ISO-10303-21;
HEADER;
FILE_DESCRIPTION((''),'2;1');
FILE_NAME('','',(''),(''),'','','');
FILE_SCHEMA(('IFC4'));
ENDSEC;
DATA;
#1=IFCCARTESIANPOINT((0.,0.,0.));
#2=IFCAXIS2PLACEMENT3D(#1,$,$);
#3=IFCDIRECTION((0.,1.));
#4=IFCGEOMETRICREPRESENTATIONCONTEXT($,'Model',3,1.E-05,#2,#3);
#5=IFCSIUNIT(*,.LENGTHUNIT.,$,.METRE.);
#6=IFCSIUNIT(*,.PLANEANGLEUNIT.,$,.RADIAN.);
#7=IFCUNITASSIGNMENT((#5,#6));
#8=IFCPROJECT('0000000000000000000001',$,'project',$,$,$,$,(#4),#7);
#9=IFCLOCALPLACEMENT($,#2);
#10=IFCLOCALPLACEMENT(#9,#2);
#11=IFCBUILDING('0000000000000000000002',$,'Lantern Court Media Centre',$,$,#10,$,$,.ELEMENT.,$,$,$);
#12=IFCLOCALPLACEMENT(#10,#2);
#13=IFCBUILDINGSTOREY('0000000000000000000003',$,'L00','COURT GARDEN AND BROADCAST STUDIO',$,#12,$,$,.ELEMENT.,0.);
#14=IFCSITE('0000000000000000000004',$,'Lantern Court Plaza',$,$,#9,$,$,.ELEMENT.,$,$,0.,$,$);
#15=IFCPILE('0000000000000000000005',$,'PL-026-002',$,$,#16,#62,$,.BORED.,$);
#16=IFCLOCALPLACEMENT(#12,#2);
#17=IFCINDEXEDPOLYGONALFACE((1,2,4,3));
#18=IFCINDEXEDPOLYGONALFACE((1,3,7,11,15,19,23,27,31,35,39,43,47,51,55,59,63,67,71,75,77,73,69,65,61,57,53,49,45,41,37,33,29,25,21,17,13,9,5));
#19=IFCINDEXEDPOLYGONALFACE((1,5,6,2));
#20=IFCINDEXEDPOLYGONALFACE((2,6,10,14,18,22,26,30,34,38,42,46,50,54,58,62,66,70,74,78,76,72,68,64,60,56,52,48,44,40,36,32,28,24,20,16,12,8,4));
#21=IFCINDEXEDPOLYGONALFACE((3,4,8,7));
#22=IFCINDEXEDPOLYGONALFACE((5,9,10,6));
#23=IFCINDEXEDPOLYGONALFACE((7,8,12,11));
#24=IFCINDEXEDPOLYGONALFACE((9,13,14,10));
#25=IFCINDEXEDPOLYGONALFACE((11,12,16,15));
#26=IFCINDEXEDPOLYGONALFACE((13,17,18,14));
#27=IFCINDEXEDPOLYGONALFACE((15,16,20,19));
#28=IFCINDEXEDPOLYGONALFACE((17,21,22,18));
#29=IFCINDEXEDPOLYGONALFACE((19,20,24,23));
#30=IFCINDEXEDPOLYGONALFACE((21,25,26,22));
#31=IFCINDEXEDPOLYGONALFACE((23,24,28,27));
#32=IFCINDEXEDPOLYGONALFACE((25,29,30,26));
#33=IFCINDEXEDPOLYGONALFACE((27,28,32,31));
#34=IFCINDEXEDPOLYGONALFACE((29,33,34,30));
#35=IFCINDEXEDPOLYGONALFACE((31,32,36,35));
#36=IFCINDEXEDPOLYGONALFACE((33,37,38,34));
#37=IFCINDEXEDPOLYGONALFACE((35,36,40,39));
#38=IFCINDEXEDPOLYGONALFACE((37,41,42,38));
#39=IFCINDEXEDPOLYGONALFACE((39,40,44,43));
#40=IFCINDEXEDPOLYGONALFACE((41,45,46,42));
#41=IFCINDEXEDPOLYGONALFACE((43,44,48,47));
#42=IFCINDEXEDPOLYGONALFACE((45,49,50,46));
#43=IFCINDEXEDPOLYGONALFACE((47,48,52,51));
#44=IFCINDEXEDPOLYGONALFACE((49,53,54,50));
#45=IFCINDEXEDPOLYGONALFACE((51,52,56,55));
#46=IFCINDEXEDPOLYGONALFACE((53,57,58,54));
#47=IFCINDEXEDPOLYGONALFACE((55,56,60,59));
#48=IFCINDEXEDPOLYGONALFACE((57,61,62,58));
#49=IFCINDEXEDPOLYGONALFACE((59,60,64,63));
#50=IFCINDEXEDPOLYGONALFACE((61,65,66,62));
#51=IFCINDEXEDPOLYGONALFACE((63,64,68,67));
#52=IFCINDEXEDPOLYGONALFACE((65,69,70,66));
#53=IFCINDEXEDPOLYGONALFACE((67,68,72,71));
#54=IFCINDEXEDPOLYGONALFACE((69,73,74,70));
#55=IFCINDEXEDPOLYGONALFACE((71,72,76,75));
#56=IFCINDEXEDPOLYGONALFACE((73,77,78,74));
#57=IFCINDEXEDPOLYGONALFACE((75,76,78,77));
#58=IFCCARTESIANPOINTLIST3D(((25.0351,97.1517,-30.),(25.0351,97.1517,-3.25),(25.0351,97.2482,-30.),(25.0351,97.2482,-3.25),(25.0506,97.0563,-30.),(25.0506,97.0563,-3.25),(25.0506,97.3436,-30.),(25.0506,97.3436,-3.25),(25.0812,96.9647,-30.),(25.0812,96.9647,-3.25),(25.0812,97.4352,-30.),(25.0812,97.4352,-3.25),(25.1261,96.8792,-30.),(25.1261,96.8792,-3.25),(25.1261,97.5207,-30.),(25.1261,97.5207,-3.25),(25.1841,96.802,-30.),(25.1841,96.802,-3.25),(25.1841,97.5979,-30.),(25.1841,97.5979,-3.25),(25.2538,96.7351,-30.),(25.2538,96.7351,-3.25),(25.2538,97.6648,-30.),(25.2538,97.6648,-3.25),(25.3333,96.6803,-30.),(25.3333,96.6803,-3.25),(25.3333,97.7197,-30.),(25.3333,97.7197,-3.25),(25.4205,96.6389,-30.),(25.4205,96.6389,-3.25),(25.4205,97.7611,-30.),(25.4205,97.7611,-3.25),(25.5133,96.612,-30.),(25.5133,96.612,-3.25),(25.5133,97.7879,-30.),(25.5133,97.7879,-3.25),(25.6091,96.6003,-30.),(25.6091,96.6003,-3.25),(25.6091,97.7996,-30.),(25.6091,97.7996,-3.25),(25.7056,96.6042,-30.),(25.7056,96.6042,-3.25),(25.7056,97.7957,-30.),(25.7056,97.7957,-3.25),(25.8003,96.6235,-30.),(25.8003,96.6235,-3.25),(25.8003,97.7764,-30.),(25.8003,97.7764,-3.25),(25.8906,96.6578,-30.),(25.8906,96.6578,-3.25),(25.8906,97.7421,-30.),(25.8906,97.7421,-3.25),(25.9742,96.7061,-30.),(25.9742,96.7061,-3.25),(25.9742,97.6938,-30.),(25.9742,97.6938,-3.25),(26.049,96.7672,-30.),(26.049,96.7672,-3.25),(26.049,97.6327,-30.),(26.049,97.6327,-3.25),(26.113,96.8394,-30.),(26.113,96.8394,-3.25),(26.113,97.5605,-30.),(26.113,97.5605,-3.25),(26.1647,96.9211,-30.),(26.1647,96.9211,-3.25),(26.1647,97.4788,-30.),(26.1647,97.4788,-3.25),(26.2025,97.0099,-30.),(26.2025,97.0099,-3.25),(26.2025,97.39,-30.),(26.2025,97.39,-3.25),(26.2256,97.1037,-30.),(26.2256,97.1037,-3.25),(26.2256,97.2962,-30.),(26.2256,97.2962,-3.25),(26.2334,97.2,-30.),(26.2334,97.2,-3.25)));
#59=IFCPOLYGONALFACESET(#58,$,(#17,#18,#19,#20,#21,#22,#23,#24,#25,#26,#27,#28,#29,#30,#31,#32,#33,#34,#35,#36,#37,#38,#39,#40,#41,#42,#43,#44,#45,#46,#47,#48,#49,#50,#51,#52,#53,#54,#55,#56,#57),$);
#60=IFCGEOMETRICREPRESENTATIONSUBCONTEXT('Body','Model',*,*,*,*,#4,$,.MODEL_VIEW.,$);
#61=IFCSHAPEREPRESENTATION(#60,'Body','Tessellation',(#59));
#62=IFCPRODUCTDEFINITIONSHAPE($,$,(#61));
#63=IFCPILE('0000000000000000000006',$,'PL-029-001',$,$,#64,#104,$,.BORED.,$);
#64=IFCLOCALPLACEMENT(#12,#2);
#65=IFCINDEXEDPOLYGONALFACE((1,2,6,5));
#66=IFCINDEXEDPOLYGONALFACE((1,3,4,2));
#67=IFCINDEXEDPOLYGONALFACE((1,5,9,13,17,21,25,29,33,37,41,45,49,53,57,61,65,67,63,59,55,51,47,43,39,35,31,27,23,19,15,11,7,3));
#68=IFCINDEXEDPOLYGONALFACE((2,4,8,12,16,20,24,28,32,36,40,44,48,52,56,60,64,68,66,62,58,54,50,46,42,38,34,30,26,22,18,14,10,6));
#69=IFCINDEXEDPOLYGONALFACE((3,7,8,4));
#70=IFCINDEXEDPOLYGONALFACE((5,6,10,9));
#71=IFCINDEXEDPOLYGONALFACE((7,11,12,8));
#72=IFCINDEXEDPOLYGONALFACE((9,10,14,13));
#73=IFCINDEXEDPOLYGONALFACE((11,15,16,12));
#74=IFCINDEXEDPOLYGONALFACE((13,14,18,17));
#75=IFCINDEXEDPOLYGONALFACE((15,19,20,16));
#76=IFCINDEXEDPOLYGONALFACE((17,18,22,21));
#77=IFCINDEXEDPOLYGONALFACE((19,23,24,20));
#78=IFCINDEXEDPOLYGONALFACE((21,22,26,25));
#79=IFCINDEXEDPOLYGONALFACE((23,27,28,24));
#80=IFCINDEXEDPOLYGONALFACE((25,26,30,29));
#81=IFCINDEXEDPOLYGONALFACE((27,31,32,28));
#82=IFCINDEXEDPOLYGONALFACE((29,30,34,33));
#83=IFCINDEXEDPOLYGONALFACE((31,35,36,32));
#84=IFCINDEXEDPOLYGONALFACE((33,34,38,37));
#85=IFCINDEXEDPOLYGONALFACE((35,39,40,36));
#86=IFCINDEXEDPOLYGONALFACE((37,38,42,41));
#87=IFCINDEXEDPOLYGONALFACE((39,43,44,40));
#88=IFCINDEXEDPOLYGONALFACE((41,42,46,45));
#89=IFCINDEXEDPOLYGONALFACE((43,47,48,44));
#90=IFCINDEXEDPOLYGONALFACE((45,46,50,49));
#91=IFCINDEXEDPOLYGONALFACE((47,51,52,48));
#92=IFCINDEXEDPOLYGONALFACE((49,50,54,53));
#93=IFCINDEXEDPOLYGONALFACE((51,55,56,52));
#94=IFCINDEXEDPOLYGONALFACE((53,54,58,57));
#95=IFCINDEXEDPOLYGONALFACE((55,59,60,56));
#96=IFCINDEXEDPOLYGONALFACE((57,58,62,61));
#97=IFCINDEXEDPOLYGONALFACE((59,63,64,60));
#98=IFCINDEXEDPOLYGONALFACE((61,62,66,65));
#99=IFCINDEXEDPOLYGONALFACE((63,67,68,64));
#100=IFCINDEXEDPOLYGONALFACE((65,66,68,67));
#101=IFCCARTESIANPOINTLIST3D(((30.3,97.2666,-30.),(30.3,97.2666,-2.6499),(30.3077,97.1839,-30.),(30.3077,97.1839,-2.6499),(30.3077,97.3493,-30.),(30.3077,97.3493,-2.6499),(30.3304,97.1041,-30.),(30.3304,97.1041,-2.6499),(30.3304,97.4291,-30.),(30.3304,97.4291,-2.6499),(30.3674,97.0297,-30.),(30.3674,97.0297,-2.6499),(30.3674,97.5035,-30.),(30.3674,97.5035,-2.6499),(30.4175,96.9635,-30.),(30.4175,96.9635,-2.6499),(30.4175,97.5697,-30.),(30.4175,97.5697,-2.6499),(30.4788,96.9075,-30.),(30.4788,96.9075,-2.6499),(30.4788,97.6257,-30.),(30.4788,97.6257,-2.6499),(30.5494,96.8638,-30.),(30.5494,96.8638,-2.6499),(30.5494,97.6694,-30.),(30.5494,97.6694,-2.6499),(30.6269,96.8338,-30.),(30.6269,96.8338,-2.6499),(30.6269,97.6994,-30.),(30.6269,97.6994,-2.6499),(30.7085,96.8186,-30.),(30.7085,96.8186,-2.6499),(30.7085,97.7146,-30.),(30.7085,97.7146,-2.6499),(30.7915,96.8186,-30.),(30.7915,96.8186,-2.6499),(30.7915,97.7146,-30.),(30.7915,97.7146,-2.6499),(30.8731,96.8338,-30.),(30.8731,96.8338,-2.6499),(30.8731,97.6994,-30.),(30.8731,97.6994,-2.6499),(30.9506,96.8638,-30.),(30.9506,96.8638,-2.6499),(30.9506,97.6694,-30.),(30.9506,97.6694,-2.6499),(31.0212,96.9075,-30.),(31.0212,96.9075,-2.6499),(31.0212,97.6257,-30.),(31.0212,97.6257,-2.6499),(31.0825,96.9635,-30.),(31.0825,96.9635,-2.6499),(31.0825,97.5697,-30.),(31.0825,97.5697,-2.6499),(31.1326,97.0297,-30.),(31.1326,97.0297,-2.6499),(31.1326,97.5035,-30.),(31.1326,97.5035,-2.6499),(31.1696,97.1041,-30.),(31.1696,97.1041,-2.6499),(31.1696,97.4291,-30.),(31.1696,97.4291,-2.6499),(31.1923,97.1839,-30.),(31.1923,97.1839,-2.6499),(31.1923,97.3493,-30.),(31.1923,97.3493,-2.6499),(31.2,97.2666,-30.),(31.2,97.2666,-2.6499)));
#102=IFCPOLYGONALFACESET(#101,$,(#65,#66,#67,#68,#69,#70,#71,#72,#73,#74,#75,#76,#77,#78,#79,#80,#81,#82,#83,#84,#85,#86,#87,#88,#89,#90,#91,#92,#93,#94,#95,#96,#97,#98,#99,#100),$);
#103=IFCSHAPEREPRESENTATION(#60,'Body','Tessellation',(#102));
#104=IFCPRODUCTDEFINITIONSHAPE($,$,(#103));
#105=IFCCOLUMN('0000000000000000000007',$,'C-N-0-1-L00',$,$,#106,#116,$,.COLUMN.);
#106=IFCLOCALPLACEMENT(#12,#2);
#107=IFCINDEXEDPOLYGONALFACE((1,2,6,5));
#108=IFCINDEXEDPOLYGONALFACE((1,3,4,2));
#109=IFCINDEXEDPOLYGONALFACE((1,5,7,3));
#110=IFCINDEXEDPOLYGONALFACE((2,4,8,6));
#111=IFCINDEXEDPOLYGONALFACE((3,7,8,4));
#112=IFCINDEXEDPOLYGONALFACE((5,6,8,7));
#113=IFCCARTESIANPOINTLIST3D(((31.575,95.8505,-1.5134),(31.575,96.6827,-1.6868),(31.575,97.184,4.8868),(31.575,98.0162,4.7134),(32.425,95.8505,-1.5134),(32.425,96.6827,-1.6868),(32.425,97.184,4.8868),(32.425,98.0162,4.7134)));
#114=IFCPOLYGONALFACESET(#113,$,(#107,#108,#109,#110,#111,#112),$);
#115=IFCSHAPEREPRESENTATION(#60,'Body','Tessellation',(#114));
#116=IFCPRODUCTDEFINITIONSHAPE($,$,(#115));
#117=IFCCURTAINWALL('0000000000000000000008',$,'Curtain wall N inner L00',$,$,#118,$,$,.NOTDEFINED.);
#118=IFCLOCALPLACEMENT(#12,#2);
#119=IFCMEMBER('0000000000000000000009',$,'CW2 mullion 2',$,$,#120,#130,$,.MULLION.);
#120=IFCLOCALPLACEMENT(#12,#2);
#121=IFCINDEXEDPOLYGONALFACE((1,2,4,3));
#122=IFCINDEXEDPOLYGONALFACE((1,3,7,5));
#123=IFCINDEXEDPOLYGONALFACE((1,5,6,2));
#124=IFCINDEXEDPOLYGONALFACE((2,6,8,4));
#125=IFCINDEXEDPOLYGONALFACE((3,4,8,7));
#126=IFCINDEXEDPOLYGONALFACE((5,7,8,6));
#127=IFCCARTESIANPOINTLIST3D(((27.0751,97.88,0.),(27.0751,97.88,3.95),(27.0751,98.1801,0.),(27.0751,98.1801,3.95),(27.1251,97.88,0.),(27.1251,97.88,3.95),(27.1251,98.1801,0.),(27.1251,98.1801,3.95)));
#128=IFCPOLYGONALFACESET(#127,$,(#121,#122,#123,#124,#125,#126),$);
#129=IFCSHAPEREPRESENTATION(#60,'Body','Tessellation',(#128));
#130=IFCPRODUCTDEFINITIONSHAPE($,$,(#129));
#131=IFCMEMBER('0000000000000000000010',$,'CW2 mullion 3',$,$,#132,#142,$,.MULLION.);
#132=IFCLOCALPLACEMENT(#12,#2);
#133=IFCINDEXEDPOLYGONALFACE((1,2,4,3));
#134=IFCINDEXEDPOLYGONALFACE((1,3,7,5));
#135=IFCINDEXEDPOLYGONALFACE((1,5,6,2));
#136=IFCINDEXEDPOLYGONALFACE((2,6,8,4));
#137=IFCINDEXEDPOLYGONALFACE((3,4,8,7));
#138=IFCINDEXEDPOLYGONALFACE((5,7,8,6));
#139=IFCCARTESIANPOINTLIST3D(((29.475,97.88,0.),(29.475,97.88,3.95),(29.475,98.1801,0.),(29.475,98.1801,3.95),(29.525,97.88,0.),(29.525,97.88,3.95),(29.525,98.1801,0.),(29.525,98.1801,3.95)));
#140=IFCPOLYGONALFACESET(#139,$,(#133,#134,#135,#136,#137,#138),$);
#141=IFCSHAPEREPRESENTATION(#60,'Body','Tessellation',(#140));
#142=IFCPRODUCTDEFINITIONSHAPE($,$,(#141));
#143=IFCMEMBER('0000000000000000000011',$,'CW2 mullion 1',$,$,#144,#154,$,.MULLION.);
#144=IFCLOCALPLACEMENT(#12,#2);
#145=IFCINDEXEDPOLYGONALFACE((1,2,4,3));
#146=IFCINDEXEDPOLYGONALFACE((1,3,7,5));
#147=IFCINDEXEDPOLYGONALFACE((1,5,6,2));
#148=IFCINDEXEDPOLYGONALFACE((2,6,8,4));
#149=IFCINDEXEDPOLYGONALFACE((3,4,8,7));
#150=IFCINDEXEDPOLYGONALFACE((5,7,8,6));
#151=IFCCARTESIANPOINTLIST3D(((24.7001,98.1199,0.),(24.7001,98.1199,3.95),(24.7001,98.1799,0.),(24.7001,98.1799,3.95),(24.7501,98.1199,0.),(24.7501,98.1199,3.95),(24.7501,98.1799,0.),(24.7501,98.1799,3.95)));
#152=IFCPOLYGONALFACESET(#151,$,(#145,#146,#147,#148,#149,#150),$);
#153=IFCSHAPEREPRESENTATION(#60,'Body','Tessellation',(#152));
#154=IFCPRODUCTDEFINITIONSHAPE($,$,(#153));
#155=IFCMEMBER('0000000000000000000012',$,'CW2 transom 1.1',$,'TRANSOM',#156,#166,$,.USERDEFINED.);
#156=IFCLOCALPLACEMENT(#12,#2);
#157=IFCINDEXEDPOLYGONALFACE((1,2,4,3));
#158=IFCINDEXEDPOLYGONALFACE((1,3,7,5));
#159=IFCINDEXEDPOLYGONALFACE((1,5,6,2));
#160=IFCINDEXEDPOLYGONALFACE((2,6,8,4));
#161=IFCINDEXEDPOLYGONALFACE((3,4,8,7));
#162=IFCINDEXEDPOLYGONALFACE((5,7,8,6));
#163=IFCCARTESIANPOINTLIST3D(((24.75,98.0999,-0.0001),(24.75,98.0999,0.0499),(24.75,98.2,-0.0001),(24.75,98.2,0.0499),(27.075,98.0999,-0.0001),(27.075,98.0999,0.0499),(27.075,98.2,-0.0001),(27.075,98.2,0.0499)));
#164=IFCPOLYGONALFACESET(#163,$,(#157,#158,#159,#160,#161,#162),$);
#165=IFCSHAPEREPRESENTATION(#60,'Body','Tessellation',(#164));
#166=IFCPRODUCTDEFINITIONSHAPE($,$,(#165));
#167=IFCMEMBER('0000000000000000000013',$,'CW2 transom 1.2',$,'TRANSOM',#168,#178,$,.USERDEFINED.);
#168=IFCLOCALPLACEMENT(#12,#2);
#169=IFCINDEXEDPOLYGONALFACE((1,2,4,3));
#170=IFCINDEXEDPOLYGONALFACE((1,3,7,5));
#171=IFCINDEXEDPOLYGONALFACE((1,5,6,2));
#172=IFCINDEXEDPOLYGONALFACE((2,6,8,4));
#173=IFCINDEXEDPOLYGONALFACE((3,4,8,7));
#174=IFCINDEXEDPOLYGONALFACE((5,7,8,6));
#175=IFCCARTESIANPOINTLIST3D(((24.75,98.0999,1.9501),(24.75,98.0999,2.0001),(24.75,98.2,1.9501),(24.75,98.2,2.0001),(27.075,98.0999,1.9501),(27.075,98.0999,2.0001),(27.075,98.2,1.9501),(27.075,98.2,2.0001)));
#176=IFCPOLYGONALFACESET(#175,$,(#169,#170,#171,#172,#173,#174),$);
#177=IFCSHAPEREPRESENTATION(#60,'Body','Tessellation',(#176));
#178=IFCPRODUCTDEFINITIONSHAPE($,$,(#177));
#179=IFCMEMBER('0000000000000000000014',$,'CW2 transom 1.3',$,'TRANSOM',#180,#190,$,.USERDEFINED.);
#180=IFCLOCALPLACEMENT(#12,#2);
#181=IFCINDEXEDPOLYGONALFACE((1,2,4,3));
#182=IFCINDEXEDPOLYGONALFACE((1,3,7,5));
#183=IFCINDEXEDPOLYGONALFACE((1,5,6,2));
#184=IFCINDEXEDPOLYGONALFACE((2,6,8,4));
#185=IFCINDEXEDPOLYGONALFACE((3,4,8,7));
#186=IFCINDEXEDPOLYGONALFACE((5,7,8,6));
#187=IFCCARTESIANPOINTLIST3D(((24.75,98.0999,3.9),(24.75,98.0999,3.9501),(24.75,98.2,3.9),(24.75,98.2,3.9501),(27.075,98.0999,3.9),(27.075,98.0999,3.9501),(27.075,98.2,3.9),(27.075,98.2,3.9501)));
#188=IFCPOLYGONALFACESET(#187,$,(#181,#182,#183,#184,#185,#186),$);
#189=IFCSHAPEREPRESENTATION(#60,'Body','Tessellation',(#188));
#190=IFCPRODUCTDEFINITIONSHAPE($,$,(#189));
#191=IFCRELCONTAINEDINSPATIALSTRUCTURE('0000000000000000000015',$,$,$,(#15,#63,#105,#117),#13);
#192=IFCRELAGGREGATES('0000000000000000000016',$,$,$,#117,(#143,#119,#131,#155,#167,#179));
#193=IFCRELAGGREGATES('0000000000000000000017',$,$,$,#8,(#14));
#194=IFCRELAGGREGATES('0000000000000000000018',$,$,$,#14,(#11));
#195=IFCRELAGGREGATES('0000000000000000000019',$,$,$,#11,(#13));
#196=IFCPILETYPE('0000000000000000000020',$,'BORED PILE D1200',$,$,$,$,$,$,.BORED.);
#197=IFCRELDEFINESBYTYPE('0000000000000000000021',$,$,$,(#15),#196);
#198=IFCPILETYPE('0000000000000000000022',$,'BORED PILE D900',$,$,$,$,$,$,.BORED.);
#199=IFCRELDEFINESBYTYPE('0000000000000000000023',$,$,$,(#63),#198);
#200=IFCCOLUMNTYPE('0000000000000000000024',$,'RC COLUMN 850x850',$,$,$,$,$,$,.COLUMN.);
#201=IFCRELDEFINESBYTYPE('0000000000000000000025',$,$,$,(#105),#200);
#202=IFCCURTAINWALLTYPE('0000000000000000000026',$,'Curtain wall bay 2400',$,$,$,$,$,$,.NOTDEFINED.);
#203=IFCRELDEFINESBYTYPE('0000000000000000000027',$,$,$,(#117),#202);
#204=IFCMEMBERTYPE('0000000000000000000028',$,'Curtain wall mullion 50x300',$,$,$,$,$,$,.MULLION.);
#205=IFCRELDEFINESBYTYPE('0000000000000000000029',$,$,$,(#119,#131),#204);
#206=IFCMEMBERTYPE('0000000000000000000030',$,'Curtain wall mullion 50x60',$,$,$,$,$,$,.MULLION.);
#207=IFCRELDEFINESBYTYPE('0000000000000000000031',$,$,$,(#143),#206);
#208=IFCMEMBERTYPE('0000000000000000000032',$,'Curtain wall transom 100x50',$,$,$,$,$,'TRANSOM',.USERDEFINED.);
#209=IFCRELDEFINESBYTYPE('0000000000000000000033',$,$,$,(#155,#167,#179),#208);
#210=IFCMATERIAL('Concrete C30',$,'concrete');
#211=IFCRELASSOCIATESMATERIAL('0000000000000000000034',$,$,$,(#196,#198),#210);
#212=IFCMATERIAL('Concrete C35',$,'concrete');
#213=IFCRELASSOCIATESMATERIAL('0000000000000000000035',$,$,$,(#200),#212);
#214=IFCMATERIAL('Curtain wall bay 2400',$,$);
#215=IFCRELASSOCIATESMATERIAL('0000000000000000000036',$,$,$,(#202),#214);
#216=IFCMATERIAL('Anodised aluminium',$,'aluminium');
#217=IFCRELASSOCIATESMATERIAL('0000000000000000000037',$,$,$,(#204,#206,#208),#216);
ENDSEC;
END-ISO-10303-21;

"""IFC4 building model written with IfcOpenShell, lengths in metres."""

from ifc_helpers import new_model, si_unit, direction, frame, origin, origin_2d, place, context, subcontext, project, spatial, rectangle, circle, extrude, material, material_profile, profile_set, type_object, element, aggregate, save


model = new_model("IFC4")

# Units and contexts
model_context = context("Model", 3, precision=1e-05, world=origin(), true_north=direction((0.0, 1.0)))
body_context = subcontext(model_context, "Body", "Model", "MODEL_VIEW")
ifc_project = project(units=[si_unit("LENGTHUNIT", "METRE"), si_unit("PLANEANGLEUNIT", "RADIAN")], contexts=[model_context])

# Site, building, storey
site_placement = place(None, origin())
site = spatial("IfcSite", under=ifc_project, at=site_placement, Name="Lantern Court Plaza", CompositionType="ELEMENT", RefElevation=0.0)
building_placement = place(site_placement, origin())
building = spatial("IfcBuilding", under=site, at=building_placement, Name="Lantern Court Media Centre", CompositionType="ELEMENT")
storey_placement = place(building_placement, origin())
storey = spatial("IfcBuildingStorey", under=building, at=storey_placement, Name="L00", Description="COURT GARDEN AND BROADCAST STUDIO", CompositionType="ELEMENT", Elevation=0.0)

# Piles
ifc_material_1 = material(Name="Concrete C30", Category="concrete")
ifc_material_profile_1 = material_profile(ifc_material_1, circle(Radius=0.6001, at=origin_2d()), Name="D1200")
ifc_profile_set_1 = profile_set([ifc_material_profile_1], Name="Concrete C30")
pile_type_1 = type_object("IfcPileType", Name="BORED PILE D1200", PredefinedType="BORED", material=ifc_profile_set_1)
pile_1_placement = place(storey_placement, frame((25.6333, 97.2, -3.25), z_axis=(0.0, 0.0, -1.0), x_axis=(1.0, 0.0, 0.0)))
element("IfcPile", 1, at=pile_1_placement, inside=storey, type_object=pile_type_1, Name="PL-026-002", PredefinedType="BORED", context=body_context, shape_type="SweptSolid", body=[
    extrude(circle(Radius=0.6001, at=origin_2d()), origin(), (0.0, 0.0, 1.0), 26.75),
])
ifc_material_profile_2 = material_profile(ifc_material_1, circle(Radius=0.45, at=origin_2d()), Name="D900")
ifc_profile_set_2 = profile_set([ifc_material_profile_2], Name="Concrete C30")
pile_type_2 = type_object("IfcPileType", Name="BORED PILE D900", PredefinedType="BORED", material=ifc_profile_set_2)
pile_2_placement = place(storey_placement, frame((30.75, 97.2666, -2.6499), z_axis=(0.0, 0.0, -1.0), x_axis=(1.0, 0.0, 0.0)))
element("IfcPile", 2, at=pile_2_placement, inside=storey, type_object=pile_type_2, Name="PL-029-001", PredefinedType="BORED", context=body_context, shape_type="SweptSolid", body=[
    extrude(circle(Radius=0.45, at=origin_2d()), origin(), (0.0, 0.0, 1.0), 27.3501),
])

# Column
ifc_material_2 = material(Name="Concrete C35", Category="concrete")
ifc_material_profile_3 = material_profile(ifc_material_2, rectangle(XDim=0.8501, YDim=0.8501, at=origin_2d()), Name="RC 850x850")
ifc_profile_set_3 = profile_set([ifc_material_profile_3], Name="Concrete C35")
column_type = type_object("IfcColumnType", Name="RC COLUMN 850x850", PredefinedType="COLUMN", material=ifc_profile_set_3)
column_placement = place(storey_placement, frame((32.0, 96.2666, -1.6001), z_axis=(0.0, 0.203974, 0.978976), x_axis=(-1.0, 0.0, 0.0)))
element("IfcColumn", 3, at=column_placement, inside=storey, type_object=column_type, Name="C-N-0-1-L00", PredefinedType="COLUMN", context=body_context, shape_type="SweptSolid", body=[
    extrude(rectangle(XDim=0.8501, YDim=0.8501, at=origin_2d()), origin(), (0.0, 0.0, 1.0), 6.5376),
])

# Curtain wall, members
ifc_material_3 = material(Name="Curtain wall bay 2400")
curtain_wall_type = type_object("IfcCurtainWallType", Name="Curtain wall bay 2400", PredefinedType="NOTDEFINED", material=ifc_material_3)
curtain_wall_placement = place(storey_placement, origin())
curtain_wall = element("IfcCurtainWall", 4, at=curtain_wall_placement, inside=storey, type_object=curtain_wall_type, Name="Curtain wall N inner L00", PredefinedType="NOTDEFINED")
ifc_material_4 = material(Name="Anodised aluminium", Category="aluminium")
ifc_material_profile_4 = material_profile(ifc_material_4, rectangle(XDim=0.3, YDim=0.05, at=origin_2d()), Name="AL 50x300")
ifc_profile_set_4 = profile_set([ifc_material_profile_4], Name="Anodised aluminium")
member_type_1 = type_object("IfcMemberType", Name="Curtain wall mullion 50x300", PredefinedType="MULLION", material=ifc_profile_set_4)
member_1_placement = place(storey_placement, frame((27.1001, 98.03, 0.0), z_axis=(0.0, 0.0, 1.0), x_axis=(0.0, 1.0, 0.0)))
member_1 = element("IfcMember", 5, at=member_1_placement, type_object=member_type_1, Name="CW2 mullion 2", PredefinedType="MULLION", context=body_context, shape_type="SweptSolid", body=[
    extrude(rectangle(XDim=0.3, YDim=0.05, at=origin_2d()), origin(), (0.0, 0.0, 1.0), 3.95),
])
member_2_placement = place(storey_placement, frame((29.5, 98.03, 0.0), z_axis=(0.0, 0.0, 1.0), x_axis=(0.0, 1.0, 0.0)))
member_2 = element("IfcMember", 6, at=member_2_placement, type_object=member_type_1, Name="CW2 mullion 3", PredefinedType="MULLION", context=body_context, shape_type="SweptSolid", body=[
    extrude(rectangle(XDim=0.3, YDim=0.05, at=origin_2d()), origin(), (0.0, 0.0, 1.0), 3.95),
])
ifc_material_profile_5 = material_profile(ifc_material_4, rectangle(XDim=0.0601, YDim=0.05, at=origin_2d()), Name="AL 50x60")
ifc_profile_set_5 = profile_set([ifc_material_profile_5], Name="Anodised aluminium")
member_type_2 = type_object("IfcMemberType", Name="Curtain wall mullion 50x60", PredefinedType="MULLION", material=ifc_profile_set_5)
member_3_placement = place(storey_placement, frame((24.7251, 98.1499, 0.0), z_axis=(0.0, 0.0, 1.0), x_axis=(0.0, 1.0, 0.0)))
member_3 = element("IfcMember", 7, at=member_3_placement, type_object=member_type_2, Name="CW2 mullion 1", PredefinedType="MULLION", context=body_context, shape_type="SweptSolid", body=[
    extrude(rectangle(XDim=0.0601, YDim=0.05, at=origin_2d()), origin(), (0.0, 0.0, 1.0), 3.95),
])
ifc_material_profile_6 = material_profile(ifc_material_4, rectangle(XDim=0.1001, YDim=0.05, at=origin_2d()), Name="AL 50x100")
ifc_profile_set_6 = profile_set([ifc_material_profile_6], Name="Anodised aluminium")
member_type_3 = type_object("IfcMemberType", Name="Curtain wall transom 100x50", ElementType="TRANSOM", PredefinedType="USERDEFINED", material=ifc_profile_set_6)
member_4_placement = place(storey_placement, frame((24.75, 98.1499, 0.0249), z_axis=(1.0, 0.0, 0.0), x_axis=(0.0, 1.0, 0.0)))
member_4 = element("IfcMember", 8, at=member_4_placement, type_object=member_type_3, Name="CW2 transom 1.1", ObjectType="TRANSOM", PredefinedType="USERDEFINED", context=body_context, shape_type="SweptSolid", body=[
    extrude(rectangle(XDim=0.1001, YDim=0.05, at=origin_2d()), origin(), (0.0, 0.0, 1.0), 2.325),
])
member_5_placement = place(storey_placement, frame((24.75, 98.1499, 1.9751), z_axis=(1.0, 0.0, 0.0), x_axis=(0.0, 1.0, 0.0)))
member_5 = element("IfcMember", 9, at=member_5_placement, type_object=member_type_3, Name="CW2 transom 1.2", ObjectType="TRANSOM", PredefinedType="USERDEFINED", context=body_context, shape_type="SweptSolid", body=[
    extrude(rectangle(XDim=0.1001, YDim=0.05, at=origin_2d()), origin(), (0.0, 0.0, 1.0), 2.325),
])
member_6_placement = place(storey_placement, frame((24.75, 98.1499, 3.925), z_axis=(1.0, 0.0, 0.0), x_axis=(0.0, 1.0, 0.0)))
member_6 = element("IfcMember", 10, at=member_6_placement, type_object=member_type_3, Name="CW2 transom 1.3", ObjectType="TRANSOM", PredefinedType="USERDEFINED", context=body_context, shape_type="SweptSolid", body=[
    extrude(rectangle(XDim=0.1001, YDim=0.05, at=origin_2d()), origin(), (0.0, 0.0, 1.0), 2.325),
])

aggregate(curtain_wall, [member_3, member_1, member_2, member_4, member_5, member_6])

save(model, "model.ifc")
